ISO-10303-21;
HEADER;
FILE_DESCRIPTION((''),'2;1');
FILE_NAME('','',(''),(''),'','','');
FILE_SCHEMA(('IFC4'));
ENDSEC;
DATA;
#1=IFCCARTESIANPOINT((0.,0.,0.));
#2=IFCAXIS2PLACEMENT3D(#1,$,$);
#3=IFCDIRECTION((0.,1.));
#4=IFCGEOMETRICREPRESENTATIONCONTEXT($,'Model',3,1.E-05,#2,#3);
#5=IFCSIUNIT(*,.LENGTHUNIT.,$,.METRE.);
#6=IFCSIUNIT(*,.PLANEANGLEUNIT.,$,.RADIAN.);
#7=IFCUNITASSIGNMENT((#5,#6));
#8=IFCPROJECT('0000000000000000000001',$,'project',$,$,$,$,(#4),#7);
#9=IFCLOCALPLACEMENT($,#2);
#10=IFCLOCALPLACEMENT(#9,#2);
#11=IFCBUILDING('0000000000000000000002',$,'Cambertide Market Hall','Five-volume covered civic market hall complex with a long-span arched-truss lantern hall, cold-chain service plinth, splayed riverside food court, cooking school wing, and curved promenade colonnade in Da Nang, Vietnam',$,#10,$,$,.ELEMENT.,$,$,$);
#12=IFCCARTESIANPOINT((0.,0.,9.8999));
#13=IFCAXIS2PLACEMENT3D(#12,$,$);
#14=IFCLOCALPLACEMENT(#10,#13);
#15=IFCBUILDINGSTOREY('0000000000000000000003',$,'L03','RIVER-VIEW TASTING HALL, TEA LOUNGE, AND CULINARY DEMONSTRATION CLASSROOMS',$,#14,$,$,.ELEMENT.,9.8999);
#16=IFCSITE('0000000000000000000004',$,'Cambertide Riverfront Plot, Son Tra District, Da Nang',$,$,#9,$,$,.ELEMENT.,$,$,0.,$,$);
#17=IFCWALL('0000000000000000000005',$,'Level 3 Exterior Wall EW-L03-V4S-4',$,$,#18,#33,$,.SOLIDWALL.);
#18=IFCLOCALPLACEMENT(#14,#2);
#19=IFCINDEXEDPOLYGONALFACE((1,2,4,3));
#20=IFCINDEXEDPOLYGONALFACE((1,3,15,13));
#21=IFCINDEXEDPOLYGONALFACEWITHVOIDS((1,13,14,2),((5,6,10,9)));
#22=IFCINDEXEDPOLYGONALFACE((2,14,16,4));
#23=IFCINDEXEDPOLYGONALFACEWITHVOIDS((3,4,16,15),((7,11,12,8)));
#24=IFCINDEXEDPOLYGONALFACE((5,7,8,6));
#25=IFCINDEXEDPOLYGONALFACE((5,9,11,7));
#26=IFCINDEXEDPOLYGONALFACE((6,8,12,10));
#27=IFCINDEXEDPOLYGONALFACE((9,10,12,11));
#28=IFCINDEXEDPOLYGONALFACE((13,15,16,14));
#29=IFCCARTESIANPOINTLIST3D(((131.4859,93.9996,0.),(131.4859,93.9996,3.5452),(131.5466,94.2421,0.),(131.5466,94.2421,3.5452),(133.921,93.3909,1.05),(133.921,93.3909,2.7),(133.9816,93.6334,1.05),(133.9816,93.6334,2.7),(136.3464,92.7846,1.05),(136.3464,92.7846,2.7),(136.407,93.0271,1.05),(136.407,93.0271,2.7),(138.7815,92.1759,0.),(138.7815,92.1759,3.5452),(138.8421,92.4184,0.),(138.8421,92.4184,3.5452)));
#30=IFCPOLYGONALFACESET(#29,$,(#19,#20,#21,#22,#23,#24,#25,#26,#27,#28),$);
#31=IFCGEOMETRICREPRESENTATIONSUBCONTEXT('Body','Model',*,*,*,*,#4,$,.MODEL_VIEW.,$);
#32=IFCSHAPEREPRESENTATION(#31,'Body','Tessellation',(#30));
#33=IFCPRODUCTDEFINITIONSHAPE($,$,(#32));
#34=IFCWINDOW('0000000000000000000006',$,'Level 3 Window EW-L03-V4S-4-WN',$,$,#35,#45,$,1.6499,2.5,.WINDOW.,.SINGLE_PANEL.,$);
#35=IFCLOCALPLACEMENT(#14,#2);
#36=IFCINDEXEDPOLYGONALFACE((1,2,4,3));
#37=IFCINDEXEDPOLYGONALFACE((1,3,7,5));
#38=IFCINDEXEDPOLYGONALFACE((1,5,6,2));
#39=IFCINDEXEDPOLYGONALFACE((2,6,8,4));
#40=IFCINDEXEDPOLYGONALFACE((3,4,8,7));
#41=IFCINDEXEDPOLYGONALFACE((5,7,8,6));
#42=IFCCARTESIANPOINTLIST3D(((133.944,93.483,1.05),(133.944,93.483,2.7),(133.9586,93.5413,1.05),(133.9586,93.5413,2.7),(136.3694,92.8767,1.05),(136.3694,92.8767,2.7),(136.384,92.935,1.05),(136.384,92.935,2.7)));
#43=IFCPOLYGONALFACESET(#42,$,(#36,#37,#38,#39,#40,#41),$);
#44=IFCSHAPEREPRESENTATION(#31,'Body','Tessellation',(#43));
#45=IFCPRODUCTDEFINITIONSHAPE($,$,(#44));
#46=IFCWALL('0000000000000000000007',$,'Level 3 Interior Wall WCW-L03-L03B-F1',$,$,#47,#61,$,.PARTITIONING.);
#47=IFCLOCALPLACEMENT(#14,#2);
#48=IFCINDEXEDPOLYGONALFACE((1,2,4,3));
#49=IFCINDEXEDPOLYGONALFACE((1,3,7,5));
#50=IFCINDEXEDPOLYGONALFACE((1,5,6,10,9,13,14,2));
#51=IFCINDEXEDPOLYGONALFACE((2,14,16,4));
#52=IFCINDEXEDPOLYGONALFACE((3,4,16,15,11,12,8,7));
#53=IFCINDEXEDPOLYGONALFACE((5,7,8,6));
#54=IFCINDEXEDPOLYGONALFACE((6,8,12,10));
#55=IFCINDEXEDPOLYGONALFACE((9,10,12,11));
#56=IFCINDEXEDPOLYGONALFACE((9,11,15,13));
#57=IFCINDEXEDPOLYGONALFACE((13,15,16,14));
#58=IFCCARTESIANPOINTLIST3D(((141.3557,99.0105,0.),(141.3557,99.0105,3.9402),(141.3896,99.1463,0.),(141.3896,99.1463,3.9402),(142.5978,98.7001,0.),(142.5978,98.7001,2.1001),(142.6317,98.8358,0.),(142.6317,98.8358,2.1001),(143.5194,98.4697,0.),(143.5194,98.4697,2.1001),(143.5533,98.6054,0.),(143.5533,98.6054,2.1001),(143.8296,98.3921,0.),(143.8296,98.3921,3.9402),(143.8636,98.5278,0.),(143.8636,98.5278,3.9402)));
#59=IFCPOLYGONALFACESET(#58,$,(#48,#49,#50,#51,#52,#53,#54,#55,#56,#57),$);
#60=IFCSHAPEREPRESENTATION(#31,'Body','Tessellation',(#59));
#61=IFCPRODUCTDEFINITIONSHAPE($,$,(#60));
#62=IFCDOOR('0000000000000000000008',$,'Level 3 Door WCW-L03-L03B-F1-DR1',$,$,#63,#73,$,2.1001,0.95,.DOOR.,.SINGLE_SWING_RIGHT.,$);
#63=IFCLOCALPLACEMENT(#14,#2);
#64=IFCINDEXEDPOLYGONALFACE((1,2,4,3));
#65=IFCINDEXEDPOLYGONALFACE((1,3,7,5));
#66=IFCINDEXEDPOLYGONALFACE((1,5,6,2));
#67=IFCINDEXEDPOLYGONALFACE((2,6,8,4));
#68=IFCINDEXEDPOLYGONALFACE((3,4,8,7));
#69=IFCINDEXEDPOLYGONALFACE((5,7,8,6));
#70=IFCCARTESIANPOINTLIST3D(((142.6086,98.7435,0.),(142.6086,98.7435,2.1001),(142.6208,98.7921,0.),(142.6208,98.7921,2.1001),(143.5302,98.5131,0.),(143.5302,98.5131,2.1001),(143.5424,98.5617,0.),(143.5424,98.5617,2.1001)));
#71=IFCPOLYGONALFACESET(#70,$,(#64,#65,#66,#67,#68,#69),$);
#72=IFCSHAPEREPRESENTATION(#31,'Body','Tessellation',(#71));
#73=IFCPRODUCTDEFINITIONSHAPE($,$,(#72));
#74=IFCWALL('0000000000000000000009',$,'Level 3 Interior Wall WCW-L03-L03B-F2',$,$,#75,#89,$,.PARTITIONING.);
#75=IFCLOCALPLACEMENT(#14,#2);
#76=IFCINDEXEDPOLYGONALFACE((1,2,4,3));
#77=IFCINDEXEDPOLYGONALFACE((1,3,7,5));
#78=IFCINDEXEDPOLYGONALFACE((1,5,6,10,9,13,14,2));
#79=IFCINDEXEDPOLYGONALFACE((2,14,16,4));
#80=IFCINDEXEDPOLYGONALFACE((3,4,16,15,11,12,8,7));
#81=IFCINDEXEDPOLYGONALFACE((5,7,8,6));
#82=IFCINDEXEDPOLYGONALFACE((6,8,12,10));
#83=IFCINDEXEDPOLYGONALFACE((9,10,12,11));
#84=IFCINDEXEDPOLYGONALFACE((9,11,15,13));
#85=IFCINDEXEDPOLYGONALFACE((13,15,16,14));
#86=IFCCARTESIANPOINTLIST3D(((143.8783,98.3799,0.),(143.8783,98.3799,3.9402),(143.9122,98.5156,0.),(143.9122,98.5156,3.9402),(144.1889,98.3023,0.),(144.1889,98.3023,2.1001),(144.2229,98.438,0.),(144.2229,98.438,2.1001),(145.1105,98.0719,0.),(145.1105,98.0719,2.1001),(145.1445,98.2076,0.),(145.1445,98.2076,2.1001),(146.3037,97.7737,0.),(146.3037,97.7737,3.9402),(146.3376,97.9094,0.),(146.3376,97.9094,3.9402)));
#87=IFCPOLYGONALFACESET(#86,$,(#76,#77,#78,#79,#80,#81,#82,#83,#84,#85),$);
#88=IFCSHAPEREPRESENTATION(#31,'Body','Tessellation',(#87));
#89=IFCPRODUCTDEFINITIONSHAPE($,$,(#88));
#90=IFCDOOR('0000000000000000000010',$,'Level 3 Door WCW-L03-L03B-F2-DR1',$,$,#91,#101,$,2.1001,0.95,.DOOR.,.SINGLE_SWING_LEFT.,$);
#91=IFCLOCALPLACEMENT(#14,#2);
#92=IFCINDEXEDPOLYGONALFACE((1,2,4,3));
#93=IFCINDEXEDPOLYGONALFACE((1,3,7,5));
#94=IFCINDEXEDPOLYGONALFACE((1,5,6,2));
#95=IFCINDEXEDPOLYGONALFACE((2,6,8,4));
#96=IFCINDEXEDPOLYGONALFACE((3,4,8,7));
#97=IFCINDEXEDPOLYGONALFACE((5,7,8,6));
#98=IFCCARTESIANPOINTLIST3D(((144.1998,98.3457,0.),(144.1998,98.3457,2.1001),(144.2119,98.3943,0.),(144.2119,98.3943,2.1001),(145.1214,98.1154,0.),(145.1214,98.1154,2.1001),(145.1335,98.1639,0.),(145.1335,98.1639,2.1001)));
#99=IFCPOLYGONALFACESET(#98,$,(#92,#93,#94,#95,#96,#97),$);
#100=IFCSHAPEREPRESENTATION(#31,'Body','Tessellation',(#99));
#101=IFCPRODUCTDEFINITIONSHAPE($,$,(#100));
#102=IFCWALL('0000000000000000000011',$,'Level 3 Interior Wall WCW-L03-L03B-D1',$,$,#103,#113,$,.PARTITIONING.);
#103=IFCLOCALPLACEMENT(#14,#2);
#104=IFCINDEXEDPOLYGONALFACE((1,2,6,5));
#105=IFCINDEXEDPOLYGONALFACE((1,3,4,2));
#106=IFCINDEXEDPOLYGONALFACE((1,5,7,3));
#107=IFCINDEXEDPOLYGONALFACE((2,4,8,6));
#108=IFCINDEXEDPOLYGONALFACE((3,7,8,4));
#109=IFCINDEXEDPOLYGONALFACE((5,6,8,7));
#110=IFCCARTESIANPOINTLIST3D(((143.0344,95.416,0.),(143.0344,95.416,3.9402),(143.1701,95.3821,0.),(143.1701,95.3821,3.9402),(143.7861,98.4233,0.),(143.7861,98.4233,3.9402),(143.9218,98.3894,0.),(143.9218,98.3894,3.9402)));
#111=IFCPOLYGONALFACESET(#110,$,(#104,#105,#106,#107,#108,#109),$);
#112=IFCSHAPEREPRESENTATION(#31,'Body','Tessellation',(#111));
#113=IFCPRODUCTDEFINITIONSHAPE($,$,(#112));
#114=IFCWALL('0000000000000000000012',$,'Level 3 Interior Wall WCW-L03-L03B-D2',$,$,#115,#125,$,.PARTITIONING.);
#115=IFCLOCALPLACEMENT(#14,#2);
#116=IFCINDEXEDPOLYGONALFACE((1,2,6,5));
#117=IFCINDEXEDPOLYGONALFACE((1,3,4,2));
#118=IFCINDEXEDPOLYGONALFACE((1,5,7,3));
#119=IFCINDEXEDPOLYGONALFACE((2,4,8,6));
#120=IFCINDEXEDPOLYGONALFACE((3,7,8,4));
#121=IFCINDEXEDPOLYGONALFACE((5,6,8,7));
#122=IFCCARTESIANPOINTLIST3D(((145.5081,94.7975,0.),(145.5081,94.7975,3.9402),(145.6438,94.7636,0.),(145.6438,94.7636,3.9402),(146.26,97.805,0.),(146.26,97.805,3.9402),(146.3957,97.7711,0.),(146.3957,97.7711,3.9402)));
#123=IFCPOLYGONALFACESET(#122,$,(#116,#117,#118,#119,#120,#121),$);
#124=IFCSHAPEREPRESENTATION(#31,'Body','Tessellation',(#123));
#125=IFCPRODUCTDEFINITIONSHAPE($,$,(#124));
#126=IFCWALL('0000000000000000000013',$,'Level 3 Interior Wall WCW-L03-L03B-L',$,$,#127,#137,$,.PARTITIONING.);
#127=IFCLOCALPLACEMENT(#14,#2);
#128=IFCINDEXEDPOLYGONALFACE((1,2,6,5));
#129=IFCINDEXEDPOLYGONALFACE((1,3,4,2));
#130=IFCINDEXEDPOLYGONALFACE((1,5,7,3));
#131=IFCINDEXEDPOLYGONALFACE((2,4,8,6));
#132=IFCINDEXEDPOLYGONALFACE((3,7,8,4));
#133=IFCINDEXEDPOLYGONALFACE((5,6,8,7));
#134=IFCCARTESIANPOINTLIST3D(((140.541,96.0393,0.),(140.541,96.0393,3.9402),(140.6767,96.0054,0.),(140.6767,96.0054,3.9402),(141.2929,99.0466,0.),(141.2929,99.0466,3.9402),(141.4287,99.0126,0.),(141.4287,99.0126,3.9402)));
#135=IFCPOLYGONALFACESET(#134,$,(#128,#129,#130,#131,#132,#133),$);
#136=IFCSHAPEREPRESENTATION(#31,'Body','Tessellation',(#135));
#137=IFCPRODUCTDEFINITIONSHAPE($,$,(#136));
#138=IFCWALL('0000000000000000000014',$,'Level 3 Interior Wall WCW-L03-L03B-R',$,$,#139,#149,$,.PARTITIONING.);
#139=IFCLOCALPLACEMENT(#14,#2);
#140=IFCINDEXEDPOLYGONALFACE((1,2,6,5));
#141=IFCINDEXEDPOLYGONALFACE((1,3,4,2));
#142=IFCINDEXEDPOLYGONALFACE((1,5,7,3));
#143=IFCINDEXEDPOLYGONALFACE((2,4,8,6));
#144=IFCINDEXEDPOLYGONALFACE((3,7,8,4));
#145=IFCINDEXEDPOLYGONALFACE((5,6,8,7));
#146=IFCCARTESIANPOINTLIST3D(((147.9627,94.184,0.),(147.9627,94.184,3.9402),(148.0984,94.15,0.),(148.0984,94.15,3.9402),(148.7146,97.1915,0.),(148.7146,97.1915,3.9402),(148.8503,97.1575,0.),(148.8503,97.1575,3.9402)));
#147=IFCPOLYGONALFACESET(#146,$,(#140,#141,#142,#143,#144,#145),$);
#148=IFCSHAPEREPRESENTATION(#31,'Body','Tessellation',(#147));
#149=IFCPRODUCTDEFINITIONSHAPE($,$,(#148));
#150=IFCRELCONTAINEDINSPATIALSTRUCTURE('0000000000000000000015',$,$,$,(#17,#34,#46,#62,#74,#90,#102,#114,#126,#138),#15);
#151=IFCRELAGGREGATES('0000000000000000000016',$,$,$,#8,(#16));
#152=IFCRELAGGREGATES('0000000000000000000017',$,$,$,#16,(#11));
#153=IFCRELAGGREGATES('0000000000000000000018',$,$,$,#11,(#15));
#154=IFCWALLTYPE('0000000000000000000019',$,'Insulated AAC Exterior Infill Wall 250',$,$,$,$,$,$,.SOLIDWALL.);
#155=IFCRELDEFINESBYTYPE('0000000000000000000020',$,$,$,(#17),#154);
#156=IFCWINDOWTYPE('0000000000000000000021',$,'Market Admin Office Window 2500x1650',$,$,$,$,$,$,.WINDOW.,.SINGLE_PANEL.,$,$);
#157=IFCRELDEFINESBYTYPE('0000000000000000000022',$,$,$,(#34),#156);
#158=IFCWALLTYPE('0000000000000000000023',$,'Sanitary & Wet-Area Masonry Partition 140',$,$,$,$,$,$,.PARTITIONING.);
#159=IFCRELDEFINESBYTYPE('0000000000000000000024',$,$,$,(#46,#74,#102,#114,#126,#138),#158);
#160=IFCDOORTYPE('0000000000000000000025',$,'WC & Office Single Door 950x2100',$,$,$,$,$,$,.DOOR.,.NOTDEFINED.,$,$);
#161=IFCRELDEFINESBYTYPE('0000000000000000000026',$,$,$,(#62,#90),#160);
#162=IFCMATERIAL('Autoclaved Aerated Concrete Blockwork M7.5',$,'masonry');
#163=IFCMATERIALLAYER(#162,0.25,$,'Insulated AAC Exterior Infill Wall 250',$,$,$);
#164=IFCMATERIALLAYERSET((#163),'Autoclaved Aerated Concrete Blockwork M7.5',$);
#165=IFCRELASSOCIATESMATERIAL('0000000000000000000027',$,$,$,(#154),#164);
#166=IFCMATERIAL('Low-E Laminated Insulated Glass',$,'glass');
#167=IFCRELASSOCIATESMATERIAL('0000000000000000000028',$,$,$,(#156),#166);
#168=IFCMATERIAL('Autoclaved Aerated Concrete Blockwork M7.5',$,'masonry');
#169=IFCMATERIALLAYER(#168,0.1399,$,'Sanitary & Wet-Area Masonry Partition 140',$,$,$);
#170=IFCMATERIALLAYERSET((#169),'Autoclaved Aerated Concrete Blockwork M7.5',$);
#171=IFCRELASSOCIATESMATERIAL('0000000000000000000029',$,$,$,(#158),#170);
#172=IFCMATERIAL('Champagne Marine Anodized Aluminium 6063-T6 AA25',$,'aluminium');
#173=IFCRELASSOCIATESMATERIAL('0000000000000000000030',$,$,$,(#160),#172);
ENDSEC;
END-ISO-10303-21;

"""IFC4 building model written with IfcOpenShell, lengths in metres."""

from ifc_helpers import new_model, si_unit, direction, frame, frame_2d, origin, place, context, subcontext, project, spatial, rectangle, extrude, material, layer, layer_set, type_object, element, fill, save


model = new_model("IFC4")

# Units and contexts
model_context = context("Model", 3, precision=1e-05, world=origin(), true_north=direction((0.0, 1.0)))
body_context = subcontext(model_context, "Body", "Model", "MODEL_VIEW")
ifc_project = project(units=[si_unit("LENGTHUNIT", "METRE"), si_unit("PLANEANGLEUNIT", "RADIAN")], contexts=[model_context])

# Site, building, storey
site_placement = place(None, origin())
site = spatial("IfcSite", under=ifc_project, at=site_placement, Name="Cambertide Riverfront Plot, Son Tra District, Da Nang", CompositionType="ELEMENT", RefElevation=0.0)
building_placement = place(site_placement, origin())
building = spatial("IfcBuilding", under=site, at=building_placement, Name="Cambertide Market Hall", Description="Five-volume covered civic market hall complex with a long-span arched-truss lantern hall, cold-chain service plinth, splayed riverside food court, cooking school wing, and curved promenade colonnade in Da Nang, Vietnam", CompositionType="ELEMENT")
storey_placement = place(building_placement, frame((0.0, 0.0, 9.8999)))
storey = spatial("IfcBuildingStorey", under=building, at=storey_placement, Name="L03", Description="RIVER-VIEW TASTING HALL, TEA LOUNGE, AND CULINARY DEMONSTRATION CLASSROOMS", CompositionType="ELEMENT", Elevation=9.8999)

# Wall, opening, window
ifc_material_1 = material(Name="Autoclaved Aerated Concrete Blockwork M7.5", Category="masonry")
ifc_layer_1 = layer(ifc_material_1, 0.25, Name="Insulated AAC Exterior Infill Wall 250")
ifc_layer_set_1 = layer_set([ifc_layer_1], Name="Autoclaved Aerated Concrete Blockwork M7.5")
wall_type_1 = type_object("IfcWallType", Name="Insulated AAC Exterior Infill Wall 250", PredefinedType="SOLIDWALL", material=ifc_layer_set_1)
wall_1_placement = place(storey_placement, frame((138.8118, 92.2971, 0.0), z_axis=(0.0, 0.0, 1.0), x_axis=(-0.970146, 0.24252, 0.0)))
wall_1 = element("IfcWall", 1, at=wall_1_placement, inside=storey, type_object=wall_type_1, Name="Level 3 Exterior Wall EW-L03-V4S-4", PredefinedType="SOLIDWALL", context=body_context, shape_type="SweptSolid", body=[
    extrude(rectangle(XDim=7.52, YDim=0.25, at=frame_2d((3.76, 0.0))), origin(), (0.0, 0.0, 1.0), 3.5452),
])
opening_1_placement = place(wall_1_placement, frame((2.51, 0.0, 1.05)))
opening_1 = element("IfcOpeningElement", 2, at=opening_1_placement, cuts=wall_1, PredefinedType="OPENING", context=body_context, shape_type="SweptSolid", body=[
    extrude(rectangle(XDim=2.5, YDim=1.6499, at=frame_2d((1.25, 0.825))), frame((0.0, 0.135, 0.0), z_axis=(0.0, -1.0, 0.0), x_axis=(1.0, 0.0, 0.0)), (0.0, 0.0, 1.0), 0.27),
])
ifc_material_2 = material(Name="Low-E Laminated Insulated Glass", Category="glass")
window_type = type_object("IfcWindowType", Name="Market Admin Office Window 2500x1650", PartitioningType="SINGLE_PANEL", PredefinedType="WINDOW", material=ifc_material_2)
window_placement = place(opening_1_placement, origin())
window = element("IfcWindow", 3, at=window_placement, inside=storey, type_object=window_type, Name="Level 3 Window EW-L03-V4S-4-WN", OverallHeight=1.6499, OverallWidth=2.5, PartitioningType="SINGLE_PANEL", PredefinedType="WINDOW", context=body_context, shape_type="SweptSolid", body=[
    extrude(rectangle(XDim=2.5, YDim=1.6499, at=frame_2d((1.25, 0.825))), frame((0.0, 0.03, 0.0), z_axis=(0.0, -1.0, 0.0), x_axis=(1.0, 0.0, 0.0)), (0.0, 0.0, 1.0), 0.0601),
])
fill(opening_1, window)

# Walls, openings, doors
ifc_material_3 = material(Name="Autoclaved Aerated Concrete Blockwork M7.5", Category="masonry")
ifc_layer_2 = layer(ifc_material_3, 0.1399, Name="Sanitary & Wet-Area Masonry Partition 140")
ifc_layer_set_2 = layer_set([ifc_layer_2], Name="Autoclaved Aerated Concrete Blockwork M7.5")
wall_type_2 = type_object("IfcWallType", Name="Sanitary & Wet-Area Masonry Partition 140", PredefinedType="PARTITIONING", material=ifc_layer_set_2)
wall_2_placement = place(storey_placement, frame((141.3728, 99.0784, 0.0), z_axis=(0.0, 0.0, 1.0), x_axis=(0.970148, -0.242513, 0.0)))
wall_2 = element("IfcWall", 4, at=wall_2_placement, inside=storey, type_object=wall_type_2, Name="Level 3 Interior Wall WCW-L03-L03B-F1", PredefinedType="PARTITIONING", context=body_context, shape_type="SweptSolid", body=[
    extrude(rectangle(XDim=2.55, YDim=0.1399, at=frame_2d((1.2749, 0.0))), origin(), (0.0, 0.0, 1.0), 3.9402),
])
opening_2_placement = place(wall_2_placement, frame((1.28, 0.0, 0.0)))
opening_2 = element("IfcOpeningElement", 5, at=opening_2_placement, cuts=wall_2, PredefinedType="OPENING", context=body_context, shape_type="SweptSolid", body=[
    extrude(rectangle(XDim=0.95, YDim=2.1001, at=frame_2d((0.4751, 1.05))), frame((0.0, 0.0798, 0.0), z_axis=(0.0, -1.0, 0.0), x_axis=(1.0, 0.0, 0.0)), (0.0, 0.0, 1.0), 0.1599),
])
ifc_material_4 = material(Name="Champagne Marine Anodized Aluminium 6063-T6 AA25", Category="aluminium")
door_type_1 = type_object("IfcDoorType", Name="WC & Office Single Door 950x2100", OperationType="NOTDEFINED", PredefinedType="DOOR", material=ifc_material_4)
door_1_placement = place(opening_2_placement, origin())
door_1 = element("IfcDoor", 6, at=door_1_placement, inside=storey, type_object=door_type_1, Name="Level 3 Door WCW-L03-L03B-F1-DR1", OperationType="SINGLE_SWING_RIGHT", OverallHeight=2.1001, OverallWidth=0.95, PredefinedType="DOOR", context=body_context, shape_type="SweptSolid", body=[
    extrude(rectangle(XDim=0.95, YDim=2.1001, at=frame_2d((0.4751, 1.05))), frame((0.0, 0.0249, 0.0), z_axis=(0.0, -1.0, 0.0), x_axis=(1.0, 0.0, 0.0)), (0.0, 0.0, 1.0), 0.05),
])
fill(opening_2, door_1)
wall_3_placement = place(storey_placement, frame((143.8953, 98.4478, 0.0), z_axis=(0.0, 0.0, 1.0), x_axis=(0.970154, -0.24249, 0.0)))
wall_3 = element("IfcWall", 7, at=wall_3_placement, inside=storey, type_object=wall_type_2, Name="Level 3 Interior Wall WCW-L03-L03B-F2", PredefinedType="PARTITIONING", context=body_context, shape_type="SweptSolid", body=[
    extrude(rectangle(XDim=2.5, YDim=0.1399, at=frame_2d((1.25, 0.0))), origin(), (0.0, 0.0, 1.0), 3.9402),
])
opening_3_placement = place(wall_3_placement, frame((0.3201, 0.0, 0.0)))
opening_3 = element("IfcOpeningElement", 8, at=opening_3_placement, cuts=wall_3, PredefinedType="OPENING", context=body_context, shape_type="SweptSolid", body=[
    extrude(rectangle(XDim=0.95, YDim=2.1001, at=frame_2d((0.4751, 1.05))), frame((0.0, 0.0798, 0.0), z_axis=(0.0, -1.0, 0.0), x_axis=(1.0, 0.0, 0.0)), (0.0, 0.0, 1.0), 0.1599),
])
door_2_placement = place(opening_3_placement, origin())
door_2 = element("IfcDoor", 9, at=door_2_placement, inside=storey, type_object=door_type_1, Name="Level 3 Door WCW-L03-L03B-F2-DR1", OperationType="SINGLE_SWING_LEFT", OverallHeight=2.1001, OverallWidth=0.95, PredefinedType="DOOR", context=body_context, shape_type="SweptSolid", body=[
    extrude(rectangle(XDim=0.95, YDim=2.1001, at=frame_2d((0.4751, 1.05))), frame((0.0, 0.0249, 0.0), z_axis=(0.0, -1.0, 0.0), x_axis=(1.0, 0.0, 0.0)), (0.0, 0.0, 1.0), 0.05),
])
fill(opening_3, door_2)

# Walls
wall_4_placement = place(storey_placement, frame((143.1023, 95.3992, 0.0), z_axis=(0.0, 0.0, 1.0), x_axis=(0.242499, 0.970152, 0.0)))
element("IfcWall", 10, at=wall_4_placement, inside=storey, type_object=wall_type_2, Name="Level 3 Interior Wall WCW-L03-L03B-D1", PredefinedType="PARTITIONING", context=body_context, shape_type="SweptSolid", body=[
    extrude(rectangle(XDim=3.0999, YDim=0.1399, at=frame_2d((1.5498, 0.0))), origin(), (0.0, 0.0, 1.0), 3.9402),
])
wall_5_placement = place(storey_placement, frame((145.5759, 94.7805, 0.0), z_axis=(0.0, 0.0, 1.0), x_axis=(0.242554, 0.970138, 0.0)))
element("IfcWall", 11, at=wall_5_placement, inside=storey, type_object=wall_type_2, Name="Level 3 Interior Wall WCW-L03-L03B-D2", PredefinedType="PARTITIONING", context=body_context, shape_type="SweptSolid", body=[
    extrude(rectangle(XDim=3.1001, YDim=0.1399, at=frame_2d((1.55, 0.0))), origin(), (0.0, 0.0, 1.0), 3.9402),
])
wall_6_placement = place(storey_placement, frame((140.6089, 96.0225, 0.0), z_axis=(0.0, 0.0, 1.0), x_axis=(0.242573, 0.970133, 0.0)))
element("IfcWall", 12, at=wall_6_placement, inside=storey, type_object=wall_type_2, Name="Level 3 Interior Wall WCW-L03-L03B-L", PredefinedType="PARTITIONING", context=body_context, shape_type="SweptSolid", body=[
    extrude(rectangle(XDim=3.0999, YDim=0.1399, at=frame_2d((1.5498, 0.0))), origin(), (0.0, 0.0, 1.0), 3.9402),
])
wall_7_placement = place(storey_placement, frame((148.0305, 94.167, 0.0), z_axis=(0.0, 0.0, 1.0), x_axis=(0.242554, 0.970138, 0.0)))
element("IfcWall", 13, at=wall_7_placement, inside=storey, type_object=wall_type_2, Name="Level 3 Interior Wall WCW-L03-L03B-R", PredefinedType="PARTITIONING", context=body_context, shape_type="SweptSolid", body=[
    extrude(rectangle(XDim=3.1001, YDim=0.1399, at=frame_2d((1.55, 0.0))), origin(), (0.0, 0.0, 1.0), 3.9402),
])

save(model, "model.ifc")
